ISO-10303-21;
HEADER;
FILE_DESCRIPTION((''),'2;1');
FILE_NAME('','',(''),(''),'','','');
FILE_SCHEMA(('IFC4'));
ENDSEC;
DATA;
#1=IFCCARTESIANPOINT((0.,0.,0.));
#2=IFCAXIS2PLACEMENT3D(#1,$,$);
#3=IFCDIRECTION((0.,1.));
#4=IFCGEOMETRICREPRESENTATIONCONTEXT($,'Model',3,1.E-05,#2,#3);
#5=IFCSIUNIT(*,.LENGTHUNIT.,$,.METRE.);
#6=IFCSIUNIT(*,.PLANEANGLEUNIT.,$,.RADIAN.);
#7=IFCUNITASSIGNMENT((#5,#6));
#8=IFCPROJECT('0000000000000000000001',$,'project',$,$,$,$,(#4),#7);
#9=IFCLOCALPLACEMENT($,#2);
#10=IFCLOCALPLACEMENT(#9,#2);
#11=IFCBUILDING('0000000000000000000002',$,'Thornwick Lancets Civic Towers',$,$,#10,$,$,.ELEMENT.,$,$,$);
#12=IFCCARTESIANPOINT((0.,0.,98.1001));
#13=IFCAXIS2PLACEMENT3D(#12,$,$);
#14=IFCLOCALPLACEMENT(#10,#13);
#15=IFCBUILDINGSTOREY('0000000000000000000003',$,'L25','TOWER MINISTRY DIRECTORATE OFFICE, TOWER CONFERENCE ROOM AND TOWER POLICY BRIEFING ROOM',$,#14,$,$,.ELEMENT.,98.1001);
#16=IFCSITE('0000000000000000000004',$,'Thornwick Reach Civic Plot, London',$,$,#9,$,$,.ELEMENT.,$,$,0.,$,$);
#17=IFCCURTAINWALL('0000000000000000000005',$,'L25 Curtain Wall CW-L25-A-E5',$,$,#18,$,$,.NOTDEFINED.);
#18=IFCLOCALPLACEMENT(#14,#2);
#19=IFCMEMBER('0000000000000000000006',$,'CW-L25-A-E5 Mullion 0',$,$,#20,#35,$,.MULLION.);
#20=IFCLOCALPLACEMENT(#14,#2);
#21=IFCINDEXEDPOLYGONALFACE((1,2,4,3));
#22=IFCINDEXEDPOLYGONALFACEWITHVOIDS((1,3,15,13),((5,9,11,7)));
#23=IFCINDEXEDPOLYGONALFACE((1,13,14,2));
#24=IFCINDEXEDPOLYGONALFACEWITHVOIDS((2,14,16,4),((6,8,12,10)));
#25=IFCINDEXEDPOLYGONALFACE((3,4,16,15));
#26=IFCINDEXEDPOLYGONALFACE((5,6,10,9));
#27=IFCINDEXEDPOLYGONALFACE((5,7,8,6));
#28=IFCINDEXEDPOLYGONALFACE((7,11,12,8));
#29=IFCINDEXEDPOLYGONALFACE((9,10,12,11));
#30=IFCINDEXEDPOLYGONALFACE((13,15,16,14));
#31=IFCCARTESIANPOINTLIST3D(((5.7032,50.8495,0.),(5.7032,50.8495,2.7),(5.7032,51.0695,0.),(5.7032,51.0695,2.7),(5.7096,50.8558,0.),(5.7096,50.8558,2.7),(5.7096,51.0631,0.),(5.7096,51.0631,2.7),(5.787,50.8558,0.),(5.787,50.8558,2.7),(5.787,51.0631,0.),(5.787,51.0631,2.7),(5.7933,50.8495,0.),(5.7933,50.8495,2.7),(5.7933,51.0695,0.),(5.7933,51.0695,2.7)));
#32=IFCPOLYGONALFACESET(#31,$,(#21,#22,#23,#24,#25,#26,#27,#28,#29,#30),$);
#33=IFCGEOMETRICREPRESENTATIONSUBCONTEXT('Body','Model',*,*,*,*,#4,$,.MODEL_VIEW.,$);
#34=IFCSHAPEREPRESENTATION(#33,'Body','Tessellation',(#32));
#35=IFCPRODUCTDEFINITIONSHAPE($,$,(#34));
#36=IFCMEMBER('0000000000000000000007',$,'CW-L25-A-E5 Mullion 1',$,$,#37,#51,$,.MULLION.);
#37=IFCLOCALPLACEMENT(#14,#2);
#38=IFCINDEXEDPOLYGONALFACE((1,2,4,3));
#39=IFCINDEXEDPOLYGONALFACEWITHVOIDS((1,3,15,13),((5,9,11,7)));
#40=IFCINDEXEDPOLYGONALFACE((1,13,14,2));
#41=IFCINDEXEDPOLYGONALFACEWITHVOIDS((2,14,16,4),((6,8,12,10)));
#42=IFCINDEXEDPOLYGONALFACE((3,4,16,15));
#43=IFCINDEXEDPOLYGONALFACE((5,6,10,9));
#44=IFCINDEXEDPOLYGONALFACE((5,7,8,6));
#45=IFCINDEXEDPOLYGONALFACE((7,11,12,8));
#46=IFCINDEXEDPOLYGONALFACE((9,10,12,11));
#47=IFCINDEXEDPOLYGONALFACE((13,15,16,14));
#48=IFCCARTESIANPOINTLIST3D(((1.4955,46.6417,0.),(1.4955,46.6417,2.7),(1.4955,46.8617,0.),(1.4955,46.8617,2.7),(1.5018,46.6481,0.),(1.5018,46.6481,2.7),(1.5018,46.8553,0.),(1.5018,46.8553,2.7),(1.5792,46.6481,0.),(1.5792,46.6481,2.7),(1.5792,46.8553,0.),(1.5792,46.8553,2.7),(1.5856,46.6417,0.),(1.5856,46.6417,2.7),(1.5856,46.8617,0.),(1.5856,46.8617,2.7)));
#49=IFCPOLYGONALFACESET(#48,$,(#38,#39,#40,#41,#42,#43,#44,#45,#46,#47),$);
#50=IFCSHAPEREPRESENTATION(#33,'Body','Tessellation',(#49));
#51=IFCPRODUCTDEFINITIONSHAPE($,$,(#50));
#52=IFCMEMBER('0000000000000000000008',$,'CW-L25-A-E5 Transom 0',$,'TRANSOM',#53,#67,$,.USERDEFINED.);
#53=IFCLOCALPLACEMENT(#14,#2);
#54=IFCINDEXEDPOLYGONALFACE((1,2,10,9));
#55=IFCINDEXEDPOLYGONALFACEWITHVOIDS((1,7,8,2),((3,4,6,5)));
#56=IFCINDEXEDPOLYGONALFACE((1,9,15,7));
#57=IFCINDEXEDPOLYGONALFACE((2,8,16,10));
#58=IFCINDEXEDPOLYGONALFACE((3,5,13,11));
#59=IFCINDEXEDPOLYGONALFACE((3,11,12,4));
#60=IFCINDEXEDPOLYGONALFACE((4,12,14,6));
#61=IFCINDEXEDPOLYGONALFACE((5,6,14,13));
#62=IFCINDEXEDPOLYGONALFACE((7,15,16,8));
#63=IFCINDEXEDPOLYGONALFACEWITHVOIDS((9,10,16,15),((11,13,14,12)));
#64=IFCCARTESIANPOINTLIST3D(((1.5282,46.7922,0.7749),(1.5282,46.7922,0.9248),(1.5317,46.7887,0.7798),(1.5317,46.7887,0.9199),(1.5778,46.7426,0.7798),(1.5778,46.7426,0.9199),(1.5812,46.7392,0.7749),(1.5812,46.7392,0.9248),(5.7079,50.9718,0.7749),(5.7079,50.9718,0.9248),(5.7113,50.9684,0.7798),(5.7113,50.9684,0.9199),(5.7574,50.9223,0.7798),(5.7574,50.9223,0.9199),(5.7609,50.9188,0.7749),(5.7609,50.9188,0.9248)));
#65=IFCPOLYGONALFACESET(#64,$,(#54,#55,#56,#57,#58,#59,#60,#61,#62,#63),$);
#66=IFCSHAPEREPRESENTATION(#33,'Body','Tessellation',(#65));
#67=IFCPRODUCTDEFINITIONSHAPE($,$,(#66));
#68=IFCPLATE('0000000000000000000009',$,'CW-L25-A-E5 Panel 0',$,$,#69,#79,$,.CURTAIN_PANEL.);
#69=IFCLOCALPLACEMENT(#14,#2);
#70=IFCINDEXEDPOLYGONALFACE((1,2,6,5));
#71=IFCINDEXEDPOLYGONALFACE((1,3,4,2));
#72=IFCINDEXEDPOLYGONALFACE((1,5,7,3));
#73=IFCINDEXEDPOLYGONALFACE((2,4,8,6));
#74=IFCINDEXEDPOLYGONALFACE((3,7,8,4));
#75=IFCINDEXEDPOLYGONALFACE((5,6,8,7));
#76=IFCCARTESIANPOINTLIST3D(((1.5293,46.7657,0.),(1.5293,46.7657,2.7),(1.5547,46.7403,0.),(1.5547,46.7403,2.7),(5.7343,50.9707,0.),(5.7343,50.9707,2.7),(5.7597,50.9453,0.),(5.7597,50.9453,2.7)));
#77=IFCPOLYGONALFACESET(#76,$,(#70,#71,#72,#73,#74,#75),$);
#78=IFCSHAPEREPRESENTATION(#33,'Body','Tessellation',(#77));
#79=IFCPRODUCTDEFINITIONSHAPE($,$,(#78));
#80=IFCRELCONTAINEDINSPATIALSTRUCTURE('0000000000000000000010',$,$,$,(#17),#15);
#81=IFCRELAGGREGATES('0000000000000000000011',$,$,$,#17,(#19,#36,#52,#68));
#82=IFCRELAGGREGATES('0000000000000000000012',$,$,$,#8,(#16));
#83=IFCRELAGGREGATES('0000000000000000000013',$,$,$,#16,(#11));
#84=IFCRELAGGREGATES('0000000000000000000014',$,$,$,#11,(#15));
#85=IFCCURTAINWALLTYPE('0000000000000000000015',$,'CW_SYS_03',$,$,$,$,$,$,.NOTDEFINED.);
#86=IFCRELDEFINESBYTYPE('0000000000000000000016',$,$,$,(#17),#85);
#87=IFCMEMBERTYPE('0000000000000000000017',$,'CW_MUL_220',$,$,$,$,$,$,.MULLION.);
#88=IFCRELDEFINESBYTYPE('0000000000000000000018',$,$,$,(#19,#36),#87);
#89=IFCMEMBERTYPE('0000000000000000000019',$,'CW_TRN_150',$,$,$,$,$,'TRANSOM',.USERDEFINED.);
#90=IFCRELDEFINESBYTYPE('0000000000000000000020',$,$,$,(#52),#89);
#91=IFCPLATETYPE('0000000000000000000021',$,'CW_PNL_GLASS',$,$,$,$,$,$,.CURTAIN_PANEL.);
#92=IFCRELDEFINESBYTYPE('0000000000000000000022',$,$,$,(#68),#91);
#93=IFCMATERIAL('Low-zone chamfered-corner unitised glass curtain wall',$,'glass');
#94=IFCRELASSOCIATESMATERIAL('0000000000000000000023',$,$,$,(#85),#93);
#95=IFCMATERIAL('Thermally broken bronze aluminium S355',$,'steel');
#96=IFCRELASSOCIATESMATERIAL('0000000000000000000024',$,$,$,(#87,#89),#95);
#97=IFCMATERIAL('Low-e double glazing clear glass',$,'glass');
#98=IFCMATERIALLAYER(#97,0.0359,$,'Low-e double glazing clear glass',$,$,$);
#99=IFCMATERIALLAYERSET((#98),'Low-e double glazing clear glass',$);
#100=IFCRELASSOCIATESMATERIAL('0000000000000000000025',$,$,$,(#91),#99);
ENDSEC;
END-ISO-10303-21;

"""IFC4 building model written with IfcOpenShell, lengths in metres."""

from ifc_helpers import new_model, si_unit, direction, frame, origin, origin_2d, place, context, subcontext, project, spatial, rectangle, hollow_rectangle, extrude, material, layer, layer_set, material_profile, profile_set, type_object, element, aggregate, save


model = new_model("IFC4")

# Units and contexts
model_context = context("Model", 3, precision=1e-05, world=origin(), true_north=direction((0.0, 1.0)))
body_context = subcontext(model_context, "Body", "Model", "MODEL_VIEW")
ifc_project = project(units=[si_unit("LENGTHUNIT", "METRE"), si_unit("PLANEANGLEUNIT", "RADIAN")], contexts=[model_context])

# Site, building, storey
site_placement = place(None, origin())
site = spatial("IfcSite", under=ifc_project, at=site_placement, Name="Thornwick Reach Civic Plot, London", CompositionType="ELEMENT", RefElevation=0.0)
building_placement = place(site_placement, origin())
building = spatial("IfcBuilding", under=site, at=building_placement, Name="Thornwick Lancets Civic Towers", CompositionType="ELEMENT")
storey_placement = place(building_placement, frame((0.0, 0.0, 98.1001)))
storey = spatial("IfcBuildingStorey", under=building, at=storey_placement, Name="L25", Description="TOWER MINISTRY DIRECTORATE OFFICE, TOWER CONFERENCE ROOM AND TOWER POLICY BRIEFING ROOM", CompositionType="ELEMENT", Elevation=98.1001)

# Curtain wall, members, plate
ifc_material_1 = material(Name="Low-zone chamfered-corner unitised glass curtain wall", Category="glass")
curtain_wall_type = type_object("IfcCurtainWallType", Name="CW_SYS_03", PredefinedType="NOTDEFINED", material=ifc_material_1)
curtain_wall_placement = place(storey_placement, origin())
curtain_wall = element("IfcCurtainWall", 1, at=curtain_wall_placement, inside=storey, type_object=curtain_wall_type, Name="L25 Curtain Wall CW-L25-A-E5", PredefinedType="NOTDEFINED")
ifc_material_2 = material(Name="Thermally broken bronze aluminium S355", Category="steel")
ifc_material_profile_1 = material_profile(ifc_material_2, hollow_rectangle(XDim=0.0901, YDim=0.22, WallThickness=0.0063, at=origin_2d()), Name="RHS 220x90x6.3")
ifc_profile_set_1 = profile_set([ifc_material_profile_1], Name="Thermally broken bronze aluminium S355")
member_type_1 = type_object("IfcMemberType", Name="CW_MUL_220", PredefinedType="MULLION", material=ifc_profile_set_1)
member_1_placement = place(storey_placement, frame((5.7483, 50.9595, 0.0), z_axis=(0.0, 0.0, 1.0), x_axis=(1.0, 0.0, 0.0)))
member_1 = element("IfcMember", 2, at=member_1_placement, type_object=member_type_1, Name="CW-L25-A-E5 Mullion 0", PredefinedType="MULLION", context=body_context, shape_type="SweptSolid", body=[
    extrude(hollow_rectangle(XDim=0.0901, YDim=0.22, WallThickness=0.0063, at=origin_2d()), origin(), (0.0, 0.0, 1.0), 2.7),
])
member_2_placement = place(storey_placement, frame((1.5405, 46.7517, 0.0), z_axis=(0.0, 0.0, 1.0), x_axis=(1.0, 0.0, 0.0)))
member_2 = element("IfcMember", 3, at=member_2_placement, type_object=member_type_1, Name="CW-L25-A-E5 Mullion 1", PredefinedType="MULLION", context=body_context, shape_type="SweptSolid", body=[
    extrude(hollow_rectangle(XDim=0.0901, YDim=0.22, WallThickness=0.0063, at=origin_2d()), origin(), (0.0, 0.0, 1.0), 2.7),
])
ifc_material_profile_2 = material_profile(ifc_material_2, hollow_rectangle(XDim=0.075, YDim=0.1499, WallThickness=0.0049, at=origin_2d()), Name="RHS 150x75x5")
ifc_profile_set_2 = profile_set([ifc_material_profile_2], Name="Thermally broken bronze aluminium S355")
member_type_2 = type_object("IfcMemberType", Name="CW_TRN_150", ElementType="TRANSOM", PredefinedType="USERDEFINED", material=ifc_profile_set_2)
member_3_placement = place(storey_placement, frame((5.7344, 50.9453, 0.8499), z_axis=(-0.707107, -0.707107, 0.0), x_axis=(0.707107, -0.707107, 0.0)))
member_3 = element("IfcMember", 4, at=member_3_placement, type_object=member_type_2, Name="CW-L25-A-E5 Transom 0", ObjectType="TRANSOM", PredefinedType="USERDEFINED", context=body_context, shape_type="SweptSolid", body=[
    extrude(hollow_rectangle(XDim=0.075, YDim=0.1499, WallThickness=0.0049, at=origin_2d()), origin(), (0.0, 0.0, 1.0), 5.9109),
])
ifc_material_3 = material(Name="Low-e double glazing clear glass", Category="glass")
ifc_layer_1 = layer(ifc_material_3, 0.0359, Name="Low-e double glazing clear glass")
ifc_layer_set_1 = layer_set([ifc_layer_1], Name="Low-e double glazing clear glass")
plate_type = type_object("IfcPlateType", Name="CW_PNL_GLASS", PredefinedType="CURTAIN_PANEL", material=ifc_layer_set_1)
plate_placement = place(storey_placement, frame((3.6445, 48.8555, 0.0), z_axis=(0.0, 0.0, 1.0), x_axis=(-0.707107, -0.707107, 0.0)))
plate = element("IfcPlate", 5, at=plate_placement, type_object=plate_type, Name="CW-L25-A-E5 Panel 0", PredefinedType="CURTAIN_PANEL", context=body_context, shape_type="SweptSolid", body=[
    extrude(rectangle(XDim=5.9468, YDim=0.0359, at=origin_2d()), origin(), (0.0, 0.0, 1.0), 2.7),
])
aggregate(curtain_wall, [member_1, member_2, member_3, plate])

save(model, "model.ifc")
